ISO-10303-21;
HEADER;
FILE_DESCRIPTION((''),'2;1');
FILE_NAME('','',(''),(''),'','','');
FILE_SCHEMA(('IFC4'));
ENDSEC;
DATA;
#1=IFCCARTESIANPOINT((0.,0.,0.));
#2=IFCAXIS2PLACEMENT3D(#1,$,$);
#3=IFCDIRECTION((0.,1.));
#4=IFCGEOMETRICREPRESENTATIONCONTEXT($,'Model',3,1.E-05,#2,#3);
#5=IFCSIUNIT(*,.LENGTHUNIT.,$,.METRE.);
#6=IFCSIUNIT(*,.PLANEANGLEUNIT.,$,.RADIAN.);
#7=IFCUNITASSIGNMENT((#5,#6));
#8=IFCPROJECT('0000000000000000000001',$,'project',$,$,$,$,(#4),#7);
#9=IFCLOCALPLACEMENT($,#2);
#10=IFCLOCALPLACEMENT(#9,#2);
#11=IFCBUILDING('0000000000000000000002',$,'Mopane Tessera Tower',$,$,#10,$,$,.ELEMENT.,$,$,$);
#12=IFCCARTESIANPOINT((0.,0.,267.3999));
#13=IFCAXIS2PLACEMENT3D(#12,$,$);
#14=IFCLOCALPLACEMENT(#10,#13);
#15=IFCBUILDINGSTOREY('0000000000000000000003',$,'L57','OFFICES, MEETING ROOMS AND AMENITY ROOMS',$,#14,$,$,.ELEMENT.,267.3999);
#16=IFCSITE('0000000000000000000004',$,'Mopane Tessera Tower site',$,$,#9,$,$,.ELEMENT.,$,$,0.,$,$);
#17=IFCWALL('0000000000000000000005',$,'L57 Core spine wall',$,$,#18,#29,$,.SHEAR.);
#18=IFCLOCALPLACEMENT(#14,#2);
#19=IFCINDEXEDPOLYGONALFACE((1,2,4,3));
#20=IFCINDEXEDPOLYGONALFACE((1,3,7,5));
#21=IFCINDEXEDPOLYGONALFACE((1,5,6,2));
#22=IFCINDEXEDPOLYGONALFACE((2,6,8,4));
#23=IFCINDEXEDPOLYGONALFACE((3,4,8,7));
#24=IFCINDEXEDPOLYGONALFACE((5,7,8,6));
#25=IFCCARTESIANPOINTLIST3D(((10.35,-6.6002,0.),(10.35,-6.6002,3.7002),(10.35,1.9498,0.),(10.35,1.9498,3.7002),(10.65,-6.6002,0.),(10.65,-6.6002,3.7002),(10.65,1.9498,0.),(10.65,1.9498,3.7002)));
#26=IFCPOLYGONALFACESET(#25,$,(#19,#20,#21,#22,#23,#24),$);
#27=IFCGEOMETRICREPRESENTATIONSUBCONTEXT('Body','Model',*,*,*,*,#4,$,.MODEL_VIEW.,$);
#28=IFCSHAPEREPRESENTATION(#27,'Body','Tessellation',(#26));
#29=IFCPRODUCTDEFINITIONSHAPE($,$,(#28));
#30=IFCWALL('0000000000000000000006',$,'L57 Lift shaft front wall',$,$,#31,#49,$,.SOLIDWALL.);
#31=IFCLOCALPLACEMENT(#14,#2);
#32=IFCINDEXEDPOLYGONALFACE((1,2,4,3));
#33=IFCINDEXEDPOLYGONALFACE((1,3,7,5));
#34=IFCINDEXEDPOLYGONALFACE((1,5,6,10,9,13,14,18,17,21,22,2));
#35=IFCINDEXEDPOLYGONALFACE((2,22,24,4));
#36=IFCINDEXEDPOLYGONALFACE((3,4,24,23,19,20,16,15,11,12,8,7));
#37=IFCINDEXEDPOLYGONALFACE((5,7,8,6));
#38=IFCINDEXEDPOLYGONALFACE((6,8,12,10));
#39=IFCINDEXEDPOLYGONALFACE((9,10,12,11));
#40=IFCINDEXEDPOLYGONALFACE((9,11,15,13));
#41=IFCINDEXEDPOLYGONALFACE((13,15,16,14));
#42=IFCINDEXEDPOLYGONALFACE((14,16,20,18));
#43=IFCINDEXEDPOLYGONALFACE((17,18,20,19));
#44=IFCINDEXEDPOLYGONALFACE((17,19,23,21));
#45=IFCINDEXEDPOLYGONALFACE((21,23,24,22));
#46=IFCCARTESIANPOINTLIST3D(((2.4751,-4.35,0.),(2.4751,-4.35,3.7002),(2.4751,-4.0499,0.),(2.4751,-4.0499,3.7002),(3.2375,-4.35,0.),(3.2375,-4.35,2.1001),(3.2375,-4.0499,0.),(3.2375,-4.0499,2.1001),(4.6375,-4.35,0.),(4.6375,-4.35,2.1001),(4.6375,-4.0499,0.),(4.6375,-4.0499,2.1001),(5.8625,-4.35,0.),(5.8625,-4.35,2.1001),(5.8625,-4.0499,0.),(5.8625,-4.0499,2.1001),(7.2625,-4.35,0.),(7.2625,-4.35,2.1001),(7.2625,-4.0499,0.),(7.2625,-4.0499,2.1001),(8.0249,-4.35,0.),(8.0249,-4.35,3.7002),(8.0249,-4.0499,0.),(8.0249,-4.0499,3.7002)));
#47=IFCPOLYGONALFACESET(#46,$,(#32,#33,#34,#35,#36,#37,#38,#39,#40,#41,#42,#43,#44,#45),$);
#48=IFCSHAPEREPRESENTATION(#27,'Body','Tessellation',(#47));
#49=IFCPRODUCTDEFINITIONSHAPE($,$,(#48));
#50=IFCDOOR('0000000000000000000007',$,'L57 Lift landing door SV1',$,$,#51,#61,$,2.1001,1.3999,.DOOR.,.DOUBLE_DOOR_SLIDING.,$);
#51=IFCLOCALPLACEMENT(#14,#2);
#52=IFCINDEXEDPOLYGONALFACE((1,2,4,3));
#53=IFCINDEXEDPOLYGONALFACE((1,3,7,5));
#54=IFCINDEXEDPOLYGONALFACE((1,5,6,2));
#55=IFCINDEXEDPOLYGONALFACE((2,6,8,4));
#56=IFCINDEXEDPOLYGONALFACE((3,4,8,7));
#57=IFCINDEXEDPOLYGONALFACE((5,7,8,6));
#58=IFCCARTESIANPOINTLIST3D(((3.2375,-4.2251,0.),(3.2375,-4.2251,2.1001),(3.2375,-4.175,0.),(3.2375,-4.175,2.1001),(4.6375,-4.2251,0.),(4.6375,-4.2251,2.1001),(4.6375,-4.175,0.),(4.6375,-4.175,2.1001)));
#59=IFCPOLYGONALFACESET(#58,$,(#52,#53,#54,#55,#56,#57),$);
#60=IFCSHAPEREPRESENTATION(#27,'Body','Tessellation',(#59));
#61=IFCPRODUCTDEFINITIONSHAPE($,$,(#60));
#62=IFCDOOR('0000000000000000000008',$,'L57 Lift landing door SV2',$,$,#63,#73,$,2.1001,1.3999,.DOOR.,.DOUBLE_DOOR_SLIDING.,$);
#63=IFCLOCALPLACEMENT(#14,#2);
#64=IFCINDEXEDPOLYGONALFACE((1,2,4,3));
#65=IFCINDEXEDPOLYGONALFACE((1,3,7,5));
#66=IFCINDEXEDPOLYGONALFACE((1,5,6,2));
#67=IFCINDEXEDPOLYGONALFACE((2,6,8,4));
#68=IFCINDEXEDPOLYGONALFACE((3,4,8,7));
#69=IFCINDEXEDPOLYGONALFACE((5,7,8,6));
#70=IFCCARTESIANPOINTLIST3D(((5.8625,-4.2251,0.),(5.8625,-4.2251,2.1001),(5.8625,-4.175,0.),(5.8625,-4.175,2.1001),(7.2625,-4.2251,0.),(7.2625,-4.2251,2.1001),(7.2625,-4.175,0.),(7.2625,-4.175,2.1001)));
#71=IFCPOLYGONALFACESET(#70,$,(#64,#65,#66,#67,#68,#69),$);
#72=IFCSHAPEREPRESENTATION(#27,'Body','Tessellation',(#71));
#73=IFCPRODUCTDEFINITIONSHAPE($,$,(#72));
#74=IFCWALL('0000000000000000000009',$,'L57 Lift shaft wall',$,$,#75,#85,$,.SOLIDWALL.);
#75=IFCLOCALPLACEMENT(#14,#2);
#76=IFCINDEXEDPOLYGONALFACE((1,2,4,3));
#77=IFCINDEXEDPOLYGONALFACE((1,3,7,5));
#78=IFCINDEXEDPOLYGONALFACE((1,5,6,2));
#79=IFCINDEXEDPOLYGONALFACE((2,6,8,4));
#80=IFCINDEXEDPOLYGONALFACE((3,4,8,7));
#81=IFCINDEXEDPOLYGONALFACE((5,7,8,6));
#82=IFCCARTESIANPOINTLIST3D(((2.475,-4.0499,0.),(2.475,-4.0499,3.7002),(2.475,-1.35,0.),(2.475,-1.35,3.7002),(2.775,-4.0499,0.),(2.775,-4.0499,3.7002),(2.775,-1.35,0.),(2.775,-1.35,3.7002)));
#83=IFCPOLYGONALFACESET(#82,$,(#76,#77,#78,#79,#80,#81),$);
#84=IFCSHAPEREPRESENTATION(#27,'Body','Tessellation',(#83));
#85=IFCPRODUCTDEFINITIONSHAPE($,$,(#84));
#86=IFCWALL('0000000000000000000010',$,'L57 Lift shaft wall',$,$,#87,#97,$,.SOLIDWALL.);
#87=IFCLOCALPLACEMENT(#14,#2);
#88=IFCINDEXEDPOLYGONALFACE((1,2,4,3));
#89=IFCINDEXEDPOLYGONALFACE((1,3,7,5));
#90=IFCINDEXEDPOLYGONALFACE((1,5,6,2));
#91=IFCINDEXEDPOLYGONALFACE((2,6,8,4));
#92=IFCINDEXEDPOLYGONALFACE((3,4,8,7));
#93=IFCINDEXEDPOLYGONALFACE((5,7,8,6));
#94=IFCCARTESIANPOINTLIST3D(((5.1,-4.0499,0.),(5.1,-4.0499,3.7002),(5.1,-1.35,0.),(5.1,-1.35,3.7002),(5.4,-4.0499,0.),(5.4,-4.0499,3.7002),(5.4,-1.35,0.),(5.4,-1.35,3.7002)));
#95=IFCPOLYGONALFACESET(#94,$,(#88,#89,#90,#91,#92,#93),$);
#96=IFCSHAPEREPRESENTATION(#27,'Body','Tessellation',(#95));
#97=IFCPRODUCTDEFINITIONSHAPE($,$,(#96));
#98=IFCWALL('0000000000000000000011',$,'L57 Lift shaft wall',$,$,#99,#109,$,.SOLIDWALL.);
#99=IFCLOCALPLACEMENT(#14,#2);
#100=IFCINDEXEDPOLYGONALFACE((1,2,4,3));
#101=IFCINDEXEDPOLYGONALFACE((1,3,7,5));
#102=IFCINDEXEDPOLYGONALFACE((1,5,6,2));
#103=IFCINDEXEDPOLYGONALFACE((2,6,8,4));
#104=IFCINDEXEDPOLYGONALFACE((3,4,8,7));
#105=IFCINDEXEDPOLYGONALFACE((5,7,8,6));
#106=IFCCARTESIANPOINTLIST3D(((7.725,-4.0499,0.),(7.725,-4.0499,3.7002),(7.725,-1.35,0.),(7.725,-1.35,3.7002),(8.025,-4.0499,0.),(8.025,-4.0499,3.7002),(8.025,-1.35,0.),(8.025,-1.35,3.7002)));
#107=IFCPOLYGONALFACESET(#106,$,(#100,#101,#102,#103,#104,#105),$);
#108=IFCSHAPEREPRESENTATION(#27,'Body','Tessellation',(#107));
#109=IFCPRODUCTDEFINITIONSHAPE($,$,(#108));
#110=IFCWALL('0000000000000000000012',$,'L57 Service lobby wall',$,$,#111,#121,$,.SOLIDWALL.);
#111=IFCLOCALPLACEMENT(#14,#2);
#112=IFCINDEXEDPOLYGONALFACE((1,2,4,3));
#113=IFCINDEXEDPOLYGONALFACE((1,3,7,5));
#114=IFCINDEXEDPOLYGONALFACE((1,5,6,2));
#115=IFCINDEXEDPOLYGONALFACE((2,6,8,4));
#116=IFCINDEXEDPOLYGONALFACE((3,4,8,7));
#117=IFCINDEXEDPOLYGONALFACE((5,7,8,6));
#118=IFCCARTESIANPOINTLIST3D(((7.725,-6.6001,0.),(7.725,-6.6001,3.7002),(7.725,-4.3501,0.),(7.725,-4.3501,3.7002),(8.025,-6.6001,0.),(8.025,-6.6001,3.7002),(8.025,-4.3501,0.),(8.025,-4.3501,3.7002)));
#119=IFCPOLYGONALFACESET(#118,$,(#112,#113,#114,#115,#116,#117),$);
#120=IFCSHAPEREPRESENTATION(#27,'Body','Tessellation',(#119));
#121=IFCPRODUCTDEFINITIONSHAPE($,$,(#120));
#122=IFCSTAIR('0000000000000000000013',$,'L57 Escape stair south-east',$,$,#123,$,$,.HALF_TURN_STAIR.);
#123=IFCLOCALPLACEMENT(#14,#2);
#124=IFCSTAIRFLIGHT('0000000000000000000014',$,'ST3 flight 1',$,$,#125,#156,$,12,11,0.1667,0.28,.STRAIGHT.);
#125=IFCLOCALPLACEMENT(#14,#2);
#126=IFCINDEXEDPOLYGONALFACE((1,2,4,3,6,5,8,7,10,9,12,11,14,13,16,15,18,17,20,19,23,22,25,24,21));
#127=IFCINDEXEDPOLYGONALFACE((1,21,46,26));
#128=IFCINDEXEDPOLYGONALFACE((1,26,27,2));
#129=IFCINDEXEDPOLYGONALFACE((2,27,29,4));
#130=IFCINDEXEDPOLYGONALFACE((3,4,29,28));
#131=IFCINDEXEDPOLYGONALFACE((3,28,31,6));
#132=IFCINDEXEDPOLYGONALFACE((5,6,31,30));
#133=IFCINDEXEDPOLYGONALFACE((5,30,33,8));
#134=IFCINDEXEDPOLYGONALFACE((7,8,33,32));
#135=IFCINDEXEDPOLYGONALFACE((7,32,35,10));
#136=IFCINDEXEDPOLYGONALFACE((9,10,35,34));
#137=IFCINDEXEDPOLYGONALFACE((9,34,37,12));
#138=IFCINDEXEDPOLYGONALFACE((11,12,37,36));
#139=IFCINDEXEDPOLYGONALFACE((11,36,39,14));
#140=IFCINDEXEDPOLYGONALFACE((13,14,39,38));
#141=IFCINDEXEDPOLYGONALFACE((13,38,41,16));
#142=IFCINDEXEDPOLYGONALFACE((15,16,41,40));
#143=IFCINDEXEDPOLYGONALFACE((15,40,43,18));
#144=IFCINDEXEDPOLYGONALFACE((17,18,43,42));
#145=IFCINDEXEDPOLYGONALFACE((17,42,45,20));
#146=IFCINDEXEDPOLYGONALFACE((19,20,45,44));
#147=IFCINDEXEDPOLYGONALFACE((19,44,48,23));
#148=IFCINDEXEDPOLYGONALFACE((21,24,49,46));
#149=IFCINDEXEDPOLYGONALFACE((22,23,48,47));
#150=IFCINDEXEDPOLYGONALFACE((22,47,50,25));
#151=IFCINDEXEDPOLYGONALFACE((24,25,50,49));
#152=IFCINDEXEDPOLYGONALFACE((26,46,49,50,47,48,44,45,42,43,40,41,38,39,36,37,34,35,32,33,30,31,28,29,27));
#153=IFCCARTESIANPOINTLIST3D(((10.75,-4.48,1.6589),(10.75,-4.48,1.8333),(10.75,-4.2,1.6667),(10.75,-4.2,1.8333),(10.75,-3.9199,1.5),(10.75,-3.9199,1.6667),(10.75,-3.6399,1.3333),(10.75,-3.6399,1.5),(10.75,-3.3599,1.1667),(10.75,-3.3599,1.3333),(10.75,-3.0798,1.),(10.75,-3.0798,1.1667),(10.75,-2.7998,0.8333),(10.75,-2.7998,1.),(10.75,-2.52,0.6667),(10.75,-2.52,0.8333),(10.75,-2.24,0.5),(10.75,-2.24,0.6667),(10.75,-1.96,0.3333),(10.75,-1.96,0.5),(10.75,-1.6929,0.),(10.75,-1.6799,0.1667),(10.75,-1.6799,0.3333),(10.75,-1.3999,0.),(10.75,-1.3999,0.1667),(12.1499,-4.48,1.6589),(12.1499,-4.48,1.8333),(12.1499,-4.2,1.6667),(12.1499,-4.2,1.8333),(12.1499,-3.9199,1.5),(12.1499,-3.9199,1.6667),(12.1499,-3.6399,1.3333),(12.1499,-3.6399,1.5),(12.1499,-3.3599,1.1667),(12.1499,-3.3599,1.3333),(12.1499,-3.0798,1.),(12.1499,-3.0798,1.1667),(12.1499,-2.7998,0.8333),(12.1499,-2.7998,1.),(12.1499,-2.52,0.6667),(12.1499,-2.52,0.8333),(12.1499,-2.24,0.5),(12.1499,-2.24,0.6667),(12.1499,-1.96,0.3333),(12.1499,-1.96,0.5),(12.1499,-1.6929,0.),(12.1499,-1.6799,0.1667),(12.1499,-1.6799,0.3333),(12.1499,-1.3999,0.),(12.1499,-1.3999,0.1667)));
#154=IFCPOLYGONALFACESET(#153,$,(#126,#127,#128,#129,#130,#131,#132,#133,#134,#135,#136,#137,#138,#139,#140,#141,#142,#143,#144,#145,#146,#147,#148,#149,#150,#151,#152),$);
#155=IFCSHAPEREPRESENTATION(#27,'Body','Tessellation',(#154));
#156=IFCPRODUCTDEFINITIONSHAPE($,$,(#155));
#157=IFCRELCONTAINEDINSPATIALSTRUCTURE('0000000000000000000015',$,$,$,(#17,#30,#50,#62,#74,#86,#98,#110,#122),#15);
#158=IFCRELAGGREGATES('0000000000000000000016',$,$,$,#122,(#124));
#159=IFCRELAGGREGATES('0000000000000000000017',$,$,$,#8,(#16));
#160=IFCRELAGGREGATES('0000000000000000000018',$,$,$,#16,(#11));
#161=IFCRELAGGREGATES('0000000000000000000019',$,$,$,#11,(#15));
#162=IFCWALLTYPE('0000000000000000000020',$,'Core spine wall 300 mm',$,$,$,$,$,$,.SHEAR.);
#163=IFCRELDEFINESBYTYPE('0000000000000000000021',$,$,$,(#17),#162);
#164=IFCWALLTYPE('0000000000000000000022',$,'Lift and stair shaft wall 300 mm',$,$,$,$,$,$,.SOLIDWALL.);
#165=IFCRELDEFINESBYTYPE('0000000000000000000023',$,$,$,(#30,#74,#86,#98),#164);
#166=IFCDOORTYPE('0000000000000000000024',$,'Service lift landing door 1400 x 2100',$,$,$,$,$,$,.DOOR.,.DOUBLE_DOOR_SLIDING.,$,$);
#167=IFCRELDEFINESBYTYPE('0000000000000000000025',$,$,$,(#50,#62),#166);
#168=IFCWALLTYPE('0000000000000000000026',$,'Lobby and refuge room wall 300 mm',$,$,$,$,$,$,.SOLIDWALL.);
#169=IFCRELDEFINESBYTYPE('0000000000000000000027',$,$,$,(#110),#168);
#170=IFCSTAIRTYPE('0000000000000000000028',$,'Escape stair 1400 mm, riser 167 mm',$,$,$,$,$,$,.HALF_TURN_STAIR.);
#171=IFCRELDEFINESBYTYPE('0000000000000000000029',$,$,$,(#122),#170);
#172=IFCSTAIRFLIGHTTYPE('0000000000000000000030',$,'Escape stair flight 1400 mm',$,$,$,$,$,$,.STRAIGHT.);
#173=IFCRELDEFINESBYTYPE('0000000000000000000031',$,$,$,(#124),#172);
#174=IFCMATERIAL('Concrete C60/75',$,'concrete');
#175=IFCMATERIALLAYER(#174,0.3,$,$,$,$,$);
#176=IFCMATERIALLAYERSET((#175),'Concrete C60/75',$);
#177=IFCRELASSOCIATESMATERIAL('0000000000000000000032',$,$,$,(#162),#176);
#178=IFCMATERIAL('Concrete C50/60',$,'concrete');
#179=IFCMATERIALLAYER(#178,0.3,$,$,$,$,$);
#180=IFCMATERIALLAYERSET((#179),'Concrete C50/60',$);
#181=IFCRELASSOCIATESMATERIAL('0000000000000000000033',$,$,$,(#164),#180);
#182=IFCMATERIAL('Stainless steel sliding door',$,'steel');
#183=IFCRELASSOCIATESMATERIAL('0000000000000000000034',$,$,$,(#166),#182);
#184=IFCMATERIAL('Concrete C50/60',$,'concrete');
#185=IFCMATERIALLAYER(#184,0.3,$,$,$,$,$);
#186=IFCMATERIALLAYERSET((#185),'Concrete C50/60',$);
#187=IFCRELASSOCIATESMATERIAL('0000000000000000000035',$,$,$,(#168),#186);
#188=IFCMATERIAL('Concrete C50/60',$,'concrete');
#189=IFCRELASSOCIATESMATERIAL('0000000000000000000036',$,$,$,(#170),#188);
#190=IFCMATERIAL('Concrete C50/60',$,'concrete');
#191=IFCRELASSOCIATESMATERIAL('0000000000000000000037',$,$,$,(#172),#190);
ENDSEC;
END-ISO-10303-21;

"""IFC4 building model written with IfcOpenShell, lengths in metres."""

from ifc_helpers import new_model, si_unit, direction, frame, frame_2d, origin, place, context, subcontext, project, spatial, polyline, rectangle, outline, extrude, material, layer, layer_set, type_object, element, fill, aggregate, save


model = new_model("IFC4")

# Units and contexts
model_context = context("Model", 3, precision=1e-05, world=origin(), true_north=direction((0.0, 1.0)))
body_context = subcontext(model_context, "Body", "Model", "MODEL_VIEW")
ifc_project = project(units=[si_unit("LENGTHUNIT", "METRE"), si_unit("PLANEANGLEUNIT", "RADIAN")], contexts=[model_context])

# Site, building, storey
site_placement = place(None, origin())
site = spatial("IfcSite", under=ifc_project, at=site_placement, Name="Mopane Tessera Tower site", CompositionType="ELEMENT", RefElevation=0.0)
building_placement = place(site_placement, origin())
building = spatial("IfcBuilding", under=site, at=building_placement, Name="Mopane Tessera Tower", CompositionType="ELEMENT")
storey_placement = place(building_placement, frame((0.0, 0.0, 267.3999)))
storey = spatial("IfcBuildingStorey", under=building, at=storey_placement, Name="L57", Description="OFFICES, MEETING ROOMS AND AMENITY ROOMS", CompositionType="ELEMENT", Elevation=267.3999)

# Wall
ifc_material_1 = material(Name="Concrete C60/75", Category="concrete")
ifc_layer_1 = layer(ifc_material_1, 0.3)
ifc_layer_set_1 = layer_set([ifc_layer_1], Name="Concrete C60/75")
wall_type_1 = type_object("IfcWallType", Name="Core spine wall 300 mm", PredefinedType="SHEAR", material=ifc_layer_set_1)
wall_1_placement = place(storey_placement, frame((10.5, -6.6001, 0.0), z_axis=(0.0, 0.0, 1.0), x_axis=(0.0, 1.0, 0.0)))
element("IfcWall", 1, at=wall_1_placement, inside=storey, type_object=wall_type_1, Name="L57 Core spine wall", PredefinedType="SHEAR", context=body_context, shape_type="SweptSolid", body=[
    extrude(rectangle(XDim=8.55, YDim=0.3, at=frame_2d((4.2749, 0.0))), origin(), (0.0, 0.0, 1.0), 3.7002),
])

# Wall, openings, doors
ifc_material_2 = material(Name="Concrete C50/60", Category="concrete")
ifc_layer_2 = layer(ifc_material_2, 0.3)
ifc_layer_set_2 = layer_set([ifc_layer_2], Name="Concrete C50/60")
wall_type_2 = type_object("IfcWallType", Name="Lift and stair shaft wall 300 mm", PredefinedType="SOLIDWALL", material=ifc_layer_set_2)
wall_2_placement = place(storey_placement, frame((2.4751, -4.2, 0.0), z_axis=(0.0, 0.0, 1.0), x_axis=(1.0, 0.0, 0.0)))
wall_2 = element("IfcWall", 2, at=wall_2_placement, inside=storey, type_object=wall_type_2, Name="L57 Lift shaft front wall", PredefinedType="SOLIDWALL", context=body_context, shape_type="SweptSolid", body=[
    extrude(rectangle(XDim=5.5498, YDim=0.3, at=frame_2d((2.7749, 0.0))), origin(), (0.0, 0.0, 1.0), 3.7002),
])
opening_1_placement = place(wall_2_placement, frame((0.7625, 0.0, 0.0)))
opening_1 = element("IfcOpeningElement", 3, at=opening_1_placement, cuts=wall_2, PredefinedType="OPENING", context=body_context, shape_type="SweptSolid", body=[
    extrude(rectangle(XDim=1.3999, YDim=2.1001, at=frame_2d((0.7, 1.05))), frame((0.0, 0.1621, 0.0), z_axis=(0.0, -1.0, 0.0), x_axis=(1.0, 0.0, 0.0)), (0.0, 0.0, 1.0), 0.324),
])
opening_2_placement = place(wall_2_placement, frame((3.3875, 0.0, 0.0)))
opening_2 = element("IfcOpeningElement", 4, at=opening_2_placement, cuts=wall_2, PredefinedType="OPENING", context=body_context, shape_type="SweptSolid", body=[
    extrude(rectangle(XDim=1.3999, YDim=2.1001, at=frame_2d((0.7, 1.05))), frame((0.0, 0.1621, 0.0), z_axis=(0.0, -1.0, 0.0), x_axis=(1.0, 0.0, 0.0)), (0.0, 0.0, 1.0), 0.324),
])
ifc_material_3 = material(Name="Stainless steel sliding door", Category="steel")
door_type = type_object("IfcDoorType", Name="Service lift landing door 1400 x 2100", OperationType="DOUBLE_DOOR_SLIDING", PredefinedType="DOOR", material=ifc_material_3)
door_1_placement = place(opening_1_placement, origin())
door_1 = element("IfcDoor", 5, at=door_1_placement, inside=storey, type_object=door_type, Name="L57 Lift landing door SV1", OperationType="DOUBLE_DOOR_SLIDING", OverallHeight=2.1001, OverallWidth=1.3999, PredefinedType="DOOR", context=body_context, shape_type="SweptSolid", body=[
    extrude(rectangle(XDim=1.3999, YDim=2.1001, at=frame_2d((0.7, 1.05))), frame((0.0, 0.0249, 0.0), z_axis=(0.0, -1.0, 0.0), x_axis=(1.0, 0.0, 0.0)), (0.0, 0.0, 1.0), 0.05),
])
fill(opening_1, door_1)
door_2_placement = place(opening_2_placement, origin())
door_2 = element("IfcDoor", 6, at=door_2_placement, inside=storey, type_object=door_type, Name="L57 Lift landing door SV2", OperationType="DOUBLE_DOOR_SLIDING", OverallHeight=2.1001, OverallWidth=1.3999, PredefinedType="DOOR", context=body_context, shape_type="SweptSolid", body=[
    extrude(rectangle(XDim=1.3999, YDim=2.1001, at=frame_2d((0.7, 1.05))), frame((0.0, 0.0249, 0.0), z_axis=(0.0, -1.0, 0.0), x_axis=(1.0, 0.0, 0.0)), (0.0, 0.0, 1.0), 0.05),
])
fill(opening_2, door_2)

# Walls
for number, where, z_axis, x_axis, name in (
    (7, (2.625, -4.05, 0.0), (0.0, 0.0, 1.0), (0.0, 1.0, 0.0), "L57 Lift shaft wall"),
    (8, (5.25, -4.05, 0.0), (0.0, 0.0, 1.0), (0.0, 1.0, 0.0), "L57 Lift shaft wall"),
    (9, (7.875, -4.05, 0.0), (0.0, 0.0, 1.0), (0.0, 1.0, 0.0), "L57 Lift shaft wall"),
):
    element("IfcWall", number, at=place(storey_placement, frame(where, z_axis=z_axis, x_axis=x_axis)), inside=storey, type_object=wall_type_2, Name=name, PredefinedType="SOLIDWALL", context=body_context, shape_type="SweptSolid", body=[
        extrude(rectangle(XDim=2.7, YDim=0.3, at=frame_2d((1.3501, 0.0))), origin(), (0.0, 0.0, 1.0), 3.7002),
    ])
ifc_material_4 = material(Name="Concrete C50/60", Category="concrete")
ifc_layer_3 = layer(ifc_material_4, 0.3)
ifc_layer_set_3 = layer_set([ifc_layer_3], Name="Concrete C50/60")
wall_type_3 = type_object("IfcWallType", Name="Lobby and refuge room wall 300 mm", PredefinedType="SOLIDWALL", material=ifc_layer_set_3)
wall_3_placement = place(storey_placement, frame((7.875, -6.6001, 0.0), z_axis=(0.0, 0.0, 1.0), x_axis=(0.0, 1.0, 0.0)))
element("IfcWall", 10, at=wall_3_placement, inside=storey, type_object=wall_type_3, Name="L57 Service lobby wall", PredefinedType="SOLIDWALL", context=body_context, shape_type="SweptSolid", body=[
    extrude(rectangle(XDim=2.25, YDim=0.3, at=frame_2d((1.125, 0.0))), origin(), (0.0, 0.0, 1.0), 3.7002),
])

# Stair, stair flight
ifc_material_5 = material(Name="Concrete C50/60", Category="concrete")
stair_type = type_object("IfcStairType", Name="Escape stair 1400 mm, riser 167 mm", PredefinedType="HALF_TURN_STAIR", material=ifc_material_5)
stair_placement = place(storey_placement, origin())
stair = element("IfcStair", 11, at=stair_placement, inside=storey, type_object=stair_type, Name="L57 Escape stair south-east", PredefinedType="HALF_TURN_STAIR")
ifc_material_6 = material(Name="Concrete C50/60", Category="concrete")
stair_flight_type = type_object("IfcStairFlightType", Name="Escape stair flight 1400 mm", PredefinedType="STRAIGHT", material=ifc_material_6)
stair_flight_1_placement = place(storey_placement, frame((11.45, -1.3999, 0.0), z_axis=(0.0, 0.0, 1.0), x_axis=(0.0, -1.0, 0.0)))
stair_flight_1 = element("IfcStairFlight", 12, at=stair_flight_1_placement, type_object=stair_flight_type, Name="ST3 flight 1", NumberOfRisers=12, NumberOfTreads=11, PredefinedType="STRAIGHT", RiserHeight=0.1667, TreadLength=0.28, context=body_context, shape_type="SweptSolid", body=[
    extrude(outline(polyline([(0.0, 0.0), (0.0, 0.1667), (0.28, 0.1667), (0.28, 0.3333), (0.5601, 0.3333), (0.5601, 0.5), (0.8401, 0.5), (0.8401, 0.6667), (1.1201, 0.6667), (1.1201, 0.8333), (1.3999, 0.8333), (1.3999, 1.0), (1.6799, 1.0), (1.6799, 1.1667), (1.96, 1.1667), (1.96, 1.3333), (2.24, 1.3333), (2.24, 1.5), (2.52, 1.5), (2.52, 1.6667), (2.8, 1.6667), (2.8, 1.8333), (3.0801, 1.8333), (3.0801, 2.0), (3.0801, 1.6589), (0.293, 0.0), (0.0, 0.0)])), frame((0.0, 0.7, 0.0), z_axis=(0.0, -1.0, 0.0), x_axis=(1.0, 0.0, 0.0)), (0.0, 0.0, 1.0), 1.3999),
])
aggregate(stair, [stair_flight_1])

save(model, "model.ifc")
